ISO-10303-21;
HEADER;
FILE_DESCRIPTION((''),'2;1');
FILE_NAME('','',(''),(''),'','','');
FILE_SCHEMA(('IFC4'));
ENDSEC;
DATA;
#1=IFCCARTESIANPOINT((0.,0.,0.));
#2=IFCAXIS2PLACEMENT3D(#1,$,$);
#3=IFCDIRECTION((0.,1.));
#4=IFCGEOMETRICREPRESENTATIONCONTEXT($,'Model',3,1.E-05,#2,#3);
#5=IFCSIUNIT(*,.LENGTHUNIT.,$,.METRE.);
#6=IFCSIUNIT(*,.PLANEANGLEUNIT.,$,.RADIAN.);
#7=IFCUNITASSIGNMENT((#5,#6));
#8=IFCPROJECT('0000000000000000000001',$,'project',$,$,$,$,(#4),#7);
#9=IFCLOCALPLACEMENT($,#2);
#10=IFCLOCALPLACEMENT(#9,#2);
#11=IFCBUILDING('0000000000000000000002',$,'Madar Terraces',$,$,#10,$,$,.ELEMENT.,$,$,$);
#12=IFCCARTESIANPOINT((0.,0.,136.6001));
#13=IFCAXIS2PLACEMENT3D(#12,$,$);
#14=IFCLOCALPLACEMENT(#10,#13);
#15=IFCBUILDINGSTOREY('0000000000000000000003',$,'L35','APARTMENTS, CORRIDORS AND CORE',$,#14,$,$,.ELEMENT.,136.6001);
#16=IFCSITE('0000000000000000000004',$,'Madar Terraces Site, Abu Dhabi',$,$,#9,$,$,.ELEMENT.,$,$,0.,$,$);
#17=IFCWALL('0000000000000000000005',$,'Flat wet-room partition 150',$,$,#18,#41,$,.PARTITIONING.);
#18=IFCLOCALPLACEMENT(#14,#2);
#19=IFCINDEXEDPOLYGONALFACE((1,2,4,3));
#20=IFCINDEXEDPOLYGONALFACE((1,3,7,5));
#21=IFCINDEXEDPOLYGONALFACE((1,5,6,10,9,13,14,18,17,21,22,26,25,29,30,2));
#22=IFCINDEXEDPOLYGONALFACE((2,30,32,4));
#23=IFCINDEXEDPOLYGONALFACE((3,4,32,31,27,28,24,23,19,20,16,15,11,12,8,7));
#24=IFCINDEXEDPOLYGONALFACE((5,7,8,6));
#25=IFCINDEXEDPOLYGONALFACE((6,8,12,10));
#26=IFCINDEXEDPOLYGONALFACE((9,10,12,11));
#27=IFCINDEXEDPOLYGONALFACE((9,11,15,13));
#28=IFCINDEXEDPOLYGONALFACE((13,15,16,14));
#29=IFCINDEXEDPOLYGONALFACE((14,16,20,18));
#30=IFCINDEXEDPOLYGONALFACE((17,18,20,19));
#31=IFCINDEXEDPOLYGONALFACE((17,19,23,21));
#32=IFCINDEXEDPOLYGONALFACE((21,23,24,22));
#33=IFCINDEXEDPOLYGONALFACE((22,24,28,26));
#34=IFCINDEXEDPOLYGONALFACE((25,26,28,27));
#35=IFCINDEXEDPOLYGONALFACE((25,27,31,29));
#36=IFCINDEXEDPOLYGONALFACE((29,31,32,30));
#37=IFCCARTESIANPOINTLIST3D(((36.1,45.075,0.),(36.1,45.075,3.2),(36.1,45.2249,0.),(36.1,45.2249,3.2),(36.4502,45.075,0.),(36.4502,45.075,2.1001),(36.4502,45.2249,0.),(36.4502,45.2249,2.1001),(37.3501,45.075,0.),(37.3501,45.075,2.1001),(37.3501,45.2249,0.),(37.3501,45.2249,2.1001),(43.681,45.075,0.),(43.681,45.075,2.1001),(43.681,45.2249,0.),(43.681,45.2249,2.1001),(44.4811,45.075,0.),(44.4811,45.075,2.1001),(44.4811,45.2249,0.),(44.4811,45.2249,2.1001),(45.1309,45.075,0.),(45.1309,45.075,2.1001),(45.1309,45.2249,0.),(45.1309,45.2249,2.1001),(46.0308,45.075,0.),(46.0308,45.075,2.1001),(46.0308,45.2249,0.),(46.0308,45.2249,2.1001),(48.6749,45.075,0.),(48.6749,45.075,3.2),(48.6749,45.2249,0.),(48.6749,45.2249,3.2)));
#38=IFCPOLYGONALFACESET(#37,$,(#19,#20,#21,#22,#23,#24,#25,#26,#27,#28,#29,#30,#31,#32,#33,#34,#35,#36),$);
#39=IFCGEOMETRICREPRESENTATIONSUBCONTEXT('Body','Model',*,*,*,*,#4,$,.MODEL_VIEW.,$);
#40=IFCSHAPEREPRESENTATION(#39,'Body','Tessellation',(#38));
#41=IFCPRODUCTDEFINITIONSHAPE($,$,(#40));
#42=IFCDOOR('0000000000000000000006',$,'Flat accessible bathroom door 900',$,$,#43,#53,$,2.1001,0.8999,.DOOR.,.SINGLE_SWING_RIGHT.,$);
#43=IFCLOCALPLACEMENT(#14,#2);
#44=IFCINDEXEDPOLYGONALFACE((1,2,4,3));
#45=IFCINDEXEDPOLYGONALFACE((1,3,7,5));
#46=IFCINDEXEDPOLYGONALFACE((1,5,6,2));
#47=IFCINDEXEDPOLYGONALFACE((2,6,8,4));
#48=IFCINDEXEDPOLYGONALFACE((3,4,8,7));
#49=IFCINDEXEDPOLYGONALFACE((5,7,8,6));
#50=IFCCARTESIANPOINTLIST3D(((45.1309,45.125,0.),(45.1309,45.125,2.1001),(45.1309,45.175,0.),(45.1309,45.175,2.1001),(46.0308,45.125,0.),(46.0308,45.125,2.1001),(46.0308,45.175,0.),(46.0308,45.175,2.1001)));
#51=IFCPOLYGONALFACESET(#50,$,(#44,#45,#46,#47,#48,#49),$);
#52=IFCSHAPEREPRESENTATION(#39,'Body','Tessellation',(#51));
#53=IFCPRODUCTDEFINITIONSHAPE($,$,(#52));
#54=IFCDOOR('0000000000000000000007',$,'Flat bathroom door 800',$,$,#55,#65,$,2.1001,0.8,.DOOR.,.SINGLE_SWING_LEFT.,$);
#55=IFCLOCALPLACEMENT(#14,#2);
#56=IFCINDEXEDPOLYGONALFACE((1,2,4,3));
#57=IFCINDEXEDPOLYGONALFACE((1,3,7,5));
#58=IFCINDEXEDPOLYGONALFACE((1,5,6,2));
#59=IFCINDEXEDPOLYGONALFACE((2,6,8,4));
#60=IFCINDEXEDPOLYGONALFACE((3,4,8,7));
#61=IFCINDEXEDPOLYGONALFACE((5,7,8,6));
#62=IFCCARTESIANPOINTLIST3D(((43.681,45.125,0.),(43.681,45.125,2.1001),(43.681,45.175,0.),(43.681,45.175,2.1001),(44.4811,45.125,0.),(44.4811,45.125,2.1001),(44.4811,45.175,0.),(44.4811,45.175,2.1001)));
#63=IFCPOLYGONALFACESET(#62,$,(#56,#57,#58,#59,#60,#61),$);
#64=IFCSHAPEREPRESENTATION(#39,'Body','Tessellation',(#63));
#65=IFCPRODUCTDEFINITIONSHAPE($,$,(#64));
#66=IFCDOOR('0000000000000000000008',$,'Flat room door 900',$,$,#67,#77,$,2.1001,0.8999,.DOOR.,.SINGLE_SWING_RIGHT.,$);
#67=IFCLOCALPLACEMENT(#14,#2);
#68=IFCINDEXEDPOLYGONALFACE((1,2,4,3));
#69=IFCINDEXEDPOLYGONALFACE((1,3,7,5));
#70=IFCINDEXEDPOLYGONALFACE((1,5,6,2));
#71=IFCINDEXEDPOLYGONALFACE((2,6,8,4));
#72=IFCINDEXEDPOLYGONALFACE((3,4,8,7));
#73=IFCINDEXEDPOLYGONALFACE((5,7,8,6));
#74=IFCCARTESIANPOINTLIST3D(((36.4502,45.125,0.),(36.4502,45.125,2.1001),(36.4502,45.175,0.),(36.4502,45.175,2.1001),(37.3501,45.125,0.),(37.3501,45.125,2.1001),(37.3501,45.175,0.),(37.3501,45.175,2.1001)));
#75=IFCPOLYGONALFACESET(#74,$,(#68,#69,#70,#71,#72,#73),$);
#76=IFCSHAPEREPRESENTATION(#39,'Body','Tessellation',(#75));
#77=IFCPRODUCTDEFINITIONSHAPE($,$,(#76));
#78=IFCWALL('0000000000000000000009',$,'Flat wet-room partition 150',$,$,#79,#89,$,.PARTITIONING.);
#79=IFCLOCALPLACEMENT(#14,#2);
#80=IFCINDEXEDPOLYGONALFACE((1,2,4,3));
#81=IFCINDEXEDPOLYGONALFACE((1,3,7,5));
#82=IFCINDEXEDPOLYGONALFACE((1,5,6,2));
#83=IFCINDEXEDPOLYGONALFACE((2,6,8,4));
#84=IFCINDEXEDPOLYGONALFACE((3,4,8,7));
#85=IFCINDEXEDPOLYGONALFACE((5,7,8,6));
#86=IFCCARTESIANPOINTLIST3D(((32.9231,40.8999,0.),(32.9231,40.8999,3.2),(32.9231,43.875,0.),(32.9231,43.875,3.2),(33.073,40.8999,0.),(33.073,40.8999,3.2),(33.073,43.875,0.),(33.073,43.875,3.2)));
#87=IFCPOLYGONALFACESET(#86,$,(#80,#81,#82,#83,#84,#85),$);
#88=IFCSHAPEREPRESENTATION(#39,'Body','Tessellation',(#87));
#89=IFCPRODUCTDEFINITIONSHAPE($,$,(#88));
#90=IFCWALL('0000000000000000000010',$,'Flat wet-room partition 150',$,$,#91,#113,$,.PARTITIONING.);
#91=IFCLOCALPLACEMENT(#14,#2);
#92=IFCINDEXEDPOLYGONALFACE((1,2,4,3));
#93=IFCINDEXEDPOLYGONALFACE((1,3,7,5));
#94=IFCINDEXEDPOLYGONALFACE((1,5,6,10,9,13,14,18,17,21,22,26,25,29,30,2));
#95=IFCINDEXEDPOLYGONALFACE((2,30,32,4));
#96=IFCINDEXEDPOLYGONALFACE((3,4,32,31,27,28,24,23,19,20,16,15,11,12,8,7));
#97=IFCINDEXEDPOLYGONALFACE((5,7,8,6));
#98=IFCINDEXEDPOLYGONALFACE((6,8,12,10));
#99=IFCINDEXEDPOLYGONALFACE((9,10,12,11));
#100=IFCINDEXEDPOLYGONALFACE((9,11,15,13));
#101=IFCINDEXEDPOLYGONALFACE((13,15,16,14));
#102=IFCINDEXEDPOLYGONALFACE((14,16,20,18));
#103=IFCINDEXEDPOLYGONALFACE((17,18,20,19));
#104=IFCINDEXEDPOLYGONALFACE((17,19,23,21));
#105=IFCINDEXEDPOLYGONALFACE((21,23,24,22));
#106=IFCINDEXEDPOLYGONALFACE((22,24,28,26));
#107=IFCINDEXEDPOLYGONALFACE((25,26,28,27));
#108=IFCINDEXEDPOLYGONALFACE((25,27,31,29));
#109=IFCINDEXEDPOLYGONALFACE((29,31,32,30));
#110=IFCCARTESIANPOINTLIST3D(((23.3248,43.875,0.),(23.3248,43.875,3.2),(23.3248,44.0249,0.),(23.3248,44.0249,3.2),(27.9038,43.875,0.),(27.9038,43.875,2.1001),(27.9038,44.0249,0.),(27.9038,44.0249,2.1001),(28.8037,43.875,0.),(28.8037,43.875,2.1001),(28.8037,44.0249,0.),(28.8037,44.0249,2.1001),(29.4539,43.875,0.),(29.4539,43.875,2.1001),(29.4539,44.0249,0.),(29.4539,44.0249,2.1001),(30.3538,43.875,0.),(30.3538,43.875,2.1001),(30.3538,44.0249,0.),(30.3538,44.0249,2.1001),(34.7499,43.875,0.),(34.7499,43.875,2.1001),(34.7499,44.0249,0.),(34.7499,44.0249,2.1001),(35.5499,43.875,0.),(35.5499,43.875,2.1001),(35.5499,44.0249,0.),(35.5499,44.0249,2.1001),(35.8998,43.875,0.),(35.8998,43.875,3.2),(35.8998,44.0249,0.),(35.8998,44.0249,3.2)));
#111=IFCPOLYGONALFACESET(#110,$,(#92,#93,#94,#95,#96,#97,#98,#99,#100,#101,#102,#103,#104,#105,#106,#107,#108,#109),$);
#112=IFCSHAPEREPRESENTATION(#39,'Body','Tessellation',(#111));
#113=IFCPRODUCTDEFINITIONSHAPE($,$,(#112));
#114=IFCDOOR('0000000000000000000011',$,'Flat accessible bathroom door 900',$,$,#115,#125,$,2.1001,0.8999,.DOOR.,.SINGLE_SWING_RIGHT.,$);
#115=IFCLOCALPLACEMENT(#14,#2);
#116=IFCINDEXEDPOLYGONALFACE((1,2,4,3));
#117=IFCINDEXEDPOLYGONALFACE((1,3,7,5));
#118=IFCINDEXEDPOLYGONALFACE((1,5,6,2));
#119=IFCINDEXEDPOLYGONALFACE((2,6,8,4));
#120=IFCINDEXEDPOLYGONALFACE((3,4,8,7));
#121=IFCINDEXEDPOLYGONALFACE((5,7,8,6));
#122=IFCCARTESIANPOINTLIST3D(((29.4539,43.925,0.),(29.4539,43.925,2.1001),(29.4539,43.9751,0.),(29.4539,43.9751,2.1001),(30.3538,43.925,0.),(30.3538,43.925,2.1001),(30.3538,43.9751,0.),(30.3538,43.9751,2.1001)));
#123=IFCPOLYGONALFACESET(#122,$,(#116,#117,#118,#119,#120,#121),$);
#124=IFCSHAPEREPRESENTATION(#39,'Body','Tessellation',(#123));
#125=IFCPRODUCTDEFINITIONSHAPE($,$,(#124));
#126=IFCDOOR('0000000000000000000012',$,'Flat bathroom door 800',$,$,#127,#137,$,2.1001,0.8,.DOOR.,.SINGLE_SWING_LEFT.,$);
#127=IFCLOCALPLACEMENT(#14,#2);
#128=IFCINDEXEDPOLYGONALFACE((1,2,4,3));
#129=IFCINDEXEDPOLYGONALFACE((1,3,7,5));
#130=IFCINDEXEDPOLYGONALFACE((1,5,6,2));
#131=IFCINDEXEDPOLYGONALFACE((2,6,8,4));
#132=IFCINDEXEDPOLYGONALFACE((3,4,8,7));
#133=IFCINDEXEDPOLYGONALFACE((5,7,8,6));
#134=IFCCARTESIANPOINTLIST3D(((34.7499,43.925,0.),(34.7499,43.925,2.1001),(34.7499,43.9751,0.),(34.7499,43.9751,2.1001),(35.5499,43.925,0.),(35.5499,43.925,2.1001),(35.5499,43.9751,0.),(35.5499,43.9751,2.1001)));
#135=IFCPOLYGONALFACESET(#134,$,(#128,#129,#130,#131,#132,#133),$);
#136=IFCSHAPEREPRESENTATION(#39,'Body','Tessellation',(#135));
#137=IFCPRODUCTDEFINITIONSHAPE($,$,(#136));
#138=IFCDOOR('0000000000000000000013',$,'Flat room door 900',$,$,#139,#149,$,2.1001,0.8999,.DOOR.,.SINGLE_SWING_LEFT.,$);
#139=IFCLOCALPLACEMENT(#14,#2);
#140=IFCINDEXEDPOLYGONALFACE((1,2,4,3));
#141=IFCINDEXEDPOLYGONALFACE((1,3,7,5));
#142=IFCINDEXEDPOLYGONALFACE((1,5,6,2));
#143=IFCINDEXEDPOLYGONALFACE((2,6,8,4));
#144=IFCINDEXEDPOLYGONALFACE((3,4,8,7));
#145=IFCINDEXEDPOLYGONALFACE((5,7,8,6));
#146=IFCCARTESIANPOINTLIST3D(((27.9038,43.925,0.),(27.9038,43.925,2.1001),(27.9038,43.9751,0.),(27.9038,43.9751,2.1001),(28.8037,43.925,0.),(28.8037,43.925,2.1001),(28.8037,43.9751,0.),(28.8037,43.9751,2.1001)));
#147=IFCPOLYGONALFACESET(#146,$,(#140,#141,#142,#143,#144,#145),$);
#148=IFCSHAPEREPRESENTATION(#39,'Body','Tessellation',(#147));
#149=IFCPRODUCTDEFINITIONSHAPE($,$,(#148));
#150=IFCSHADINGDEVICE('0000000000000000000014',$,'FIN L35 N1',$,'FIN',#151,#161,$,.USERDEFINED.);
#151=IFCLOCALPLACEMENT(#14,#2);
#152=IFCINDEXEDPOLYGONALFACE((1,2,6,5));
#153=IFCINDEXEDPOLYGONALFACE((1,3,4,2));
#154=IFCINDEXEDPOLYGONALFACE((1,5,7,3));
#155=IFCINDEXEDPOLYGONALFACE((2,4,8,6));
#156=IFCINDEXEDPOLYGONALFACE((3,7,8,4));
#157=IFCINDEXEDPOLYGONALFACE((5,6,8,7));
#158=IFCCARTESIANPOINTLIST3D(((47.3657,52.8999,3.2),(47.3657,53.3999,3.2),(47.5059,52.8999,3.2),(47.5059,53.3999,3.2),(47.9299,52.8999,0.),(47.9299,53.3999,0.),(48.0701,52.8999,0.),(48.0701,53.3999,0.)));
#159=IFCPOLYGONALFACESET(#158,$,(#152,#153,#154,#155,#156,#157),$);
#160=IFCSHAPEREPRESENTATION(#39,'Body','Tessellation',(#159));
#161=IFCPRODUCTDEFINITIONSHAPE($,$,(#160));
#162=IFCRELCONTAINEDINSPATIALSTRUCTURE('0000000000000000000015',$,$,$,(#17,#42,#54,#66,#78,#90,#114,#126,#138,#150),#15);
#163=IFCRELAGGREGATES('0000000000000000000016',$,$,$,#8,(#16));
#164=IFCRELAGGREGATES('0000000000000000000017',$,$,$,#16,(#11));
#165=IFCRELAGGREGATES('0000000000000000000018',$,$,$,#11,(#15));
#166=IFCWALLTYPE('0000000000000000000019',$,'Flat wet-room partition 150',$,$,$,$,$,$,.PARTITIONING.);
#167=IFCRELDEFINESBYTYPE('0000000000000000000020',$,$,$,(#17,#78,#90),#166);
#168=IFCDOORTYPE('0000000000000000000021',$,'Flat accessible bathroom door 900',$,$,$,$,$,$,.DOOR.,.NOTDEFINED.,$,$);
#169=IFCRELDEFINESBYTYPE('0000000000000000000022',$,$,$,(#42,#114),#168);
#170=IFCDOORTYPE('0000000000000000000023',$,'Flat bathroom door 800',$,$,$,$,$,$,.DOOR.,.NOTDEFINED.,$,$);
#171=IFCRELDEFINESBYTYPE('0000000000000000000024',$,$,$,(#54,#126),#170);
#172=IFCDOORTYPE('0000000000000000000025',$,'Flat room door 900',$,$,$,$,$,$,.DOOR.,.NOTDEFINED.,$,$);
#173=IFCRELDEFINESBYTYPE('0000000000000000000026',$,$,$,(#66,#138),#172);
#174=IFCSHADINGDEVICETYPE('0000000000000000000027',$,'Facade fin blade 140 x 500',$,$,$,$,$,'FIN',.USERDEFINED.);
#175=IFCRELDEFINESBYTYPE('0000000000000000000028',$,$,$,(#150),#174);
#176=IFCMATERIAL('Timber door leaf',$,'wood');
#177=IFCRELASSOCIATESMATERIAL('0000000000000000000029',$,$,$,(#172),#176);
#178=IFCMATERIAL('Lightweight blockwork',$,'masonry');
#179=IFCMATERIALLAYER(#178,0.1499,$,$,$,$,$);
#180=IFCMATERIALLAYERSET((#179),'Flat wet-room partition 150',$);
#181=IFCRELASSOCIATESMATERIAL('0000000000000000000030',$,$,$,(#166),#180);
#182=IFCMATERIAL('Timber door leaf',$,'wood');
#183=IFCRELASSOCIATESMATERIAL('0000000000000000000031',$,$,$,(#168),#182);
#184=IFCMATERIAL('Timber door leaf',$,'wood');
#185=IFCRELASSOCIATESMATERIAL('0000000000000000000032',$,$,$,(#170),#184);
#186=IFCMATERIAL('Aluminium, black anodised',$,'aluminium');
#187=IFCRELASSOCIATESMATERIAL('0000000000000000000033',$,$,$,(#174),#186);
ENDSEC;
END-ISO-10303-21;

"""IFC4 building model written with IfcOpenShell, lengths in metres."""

from ifc_helpers import new_model, si_unit, direction, frame, frame_2d, origin, place, context, subcontext, project, spatial, polyline, rectangle, outline, extrude, material, layer, layer_set, type_object, element, fill, save


model = new_model("IFC4")

# Units and contexts
model_context = context("Model", 3, precision=1e-05, world=origin(), true_north=direction((0.0, 1.0)))
body_context = subcontext(model_context, "Body", "Model", "MODEL_VIEW")
ifc_project = project(units=[si_unit("LENGTHUNIT", "METRE"), si_unit("PLANEANGLEUNIT", "RADIAN")], contexts=[model_context])

# Site, building, storey
site_placement = place(None, origin())
site = spatial("IfcSite", under=ifc_project, at=site_placement, Name="Madar Terraces Site, Abu Dhabi", CompositionType="ELEMENT", RefElevation=0.0)
building_placement = place(site_placement, origin())
building = spatial("IfcBuilding", under=site, at=building_placement, Name="Madar Terraces", CompositionType="ELEMENT")
storey_placement = place(building_placement, frame((0.0, 0.0, 136.6001)))
storey = spatial("IfcBuildingStorey", under=building, at=storey_placement, Name="L35", Description="APARTMENTS, CORRIDORS AND CORE", CompositionType="ELEMENT", Elevation=136.6001)

# Shared definitions
ifc_material_1 = material(Name="Timber door leaf", Category="wood")
door_type_1 = type_object("IfcDoorType", Name="Flat room door 900", OperationType="NOTDEFINED", PredefinedType="DOOR", material=ifc_material_1)

# Shared definitions
ifc_material_2 = material(Name="Lightweight blockwork", Category="masonry")
ifc_layer_1 = layer(ifc_material_2, 0.1499)
ifc_layer_set_1 = layer_set([ifc_layer_1], Name="Flat wet-room partition 150")
wall_type_1 = type_object("IfcWallType", Name="Flat wet-room partition 150", PredefinedType="PARTITIONING", material=ifc_layer_set_1)

# Wall, openings, doors
wall_1_placement = place(storey_placement, frame((48.675, 45.1499, 0.0), z_axis=(0.0, 0.0, 1.0), x_axis=(-1.0, 0.0, 0.0)))
wall_1 = element("IfcWall", 1, at=wall_1_placement, inside=storey, type_object=wall_type_1, Name="Flat wet-room partition 150", PredefinedType="PARTITIONING", context=body_context, shape_type="SweptSolid", body=[
    extrude(rectangle(XDim=12.575, YDim=0.1499, at=frame_2d((6.2876, 0.0))), origin(), (0.0, 0.0, 1.0), 3.2),
])
opening_1_placement = place(wall_1_placement, frame((2.6443, 0.0, 0.0)))
opening_1 = element("IfcOpeningElement", 2, at=opening_1_placement, cuts=wall_1, PredefinedType="OPENING", context=body_context, shape_type="SweptSolid", body=[
    extrude(rectangle(XDim=0.8999, YDim=2.1001, at=frame_2d((0.45, 1.05))), frame((0.0, 0.085, 0.0), z_axis=(0.0, -1.0, 0.0), x_axis=(1.0, 0.0, 0.0)), (0.0, 0.0, 1.0), 0.1699),
])
opening_2_placement = place(wall_1_placement, frame((4.1941, 0.0, 0.0)))
opening_2 = element("IfcOpeningElement", 3, at=opening_2_placement, cuts=wall_1, PredefinedType="OPENING", context=body_context, shape_type="SweptSolid", body=[
    extrude(rectangle(XDim=0.8, YDim=2.1001, at=frame_2d((0.3999, 1.05))), frame((0.0, 0.085, 0.0), z_axis=(0.0, -1.0, 0.0), x_axis=(1.0, 0.0, 0.0)), (0.0, 0.0, 1.0), 0.1699),
])
opening_3_placement = place(wall_1_placement, frame((11.325, 0.0, 0.0)))
opening_3 = element("IfcOpeningElement", 4, at=opening_3_placement, cuts=wall_1, PredefinedType="OPENING", context=body_context, shape_type="SweptSolid", body=[
    extrude(rectangle(XDim=0.8999, YDim=2.1001, at=frame_2d((0.45, 1.05))), frame((0.0, 0.085, 0.0), z_axis=(0.0, -1.0, 0.0), x_axis=(1.0, 0.0, 0.0)), (0.0, 0.0, 1.0), 0.1699),
])
ifc_material_3 = material(Name="Timber door leaf", Category="wood")
door_type_2 = type_object("IfcDoorType", Name="Flat accessible bathroom door 900", OperationType="NOTDEFINED", PredefinedType="DOOR", material=ifc_material_3)
door_1_placement = place(opening_1_placement, origin())
door_1 = element("IfcDoor", 5, at=door_1_placement, inside=storey, type_object=door_type_2, Name="Flat accessible bathroom door 900", OperationType="SINGLE_SWING_RIGHT", OverallHeight=2.1001, OverallWidth=0.8999, PredefinedType="DOOR", context=body_context, shape_type="SweptSolid", body=[
    extrude(rectangle(XDim=0.8999, YDim=2.1001, at=frame_2d((0.45, 1.05))), frame((0.0, 0.0249, 0.0), z_axis=(0.0, -1.0, 0.0), x_axis=(1.0, 0.0, 0.0)), (0.0, 0.0, 1.0), 0.05),
])
fill(opening_1, door_1)
ifc_material_4 = material(Name="Timber door leaf", Category="wood")
door_type_3 = type_object("IfcDoorType", Name="Flat bathroom door 800", OperationType="NOTDEFINED", PredefinedType="DOOR", material=ifc_material_4)
door_2_placement = place(opening_2_placement, origin())
door_2 = element("IfcDoor", 6, at=door_2_placement, inside=storey, type_object=door_type_3, Name="Flat bathroom door 800", OperationType="SINGLE_SWING_LEFT", OverallHeight=2.1001, OverallWidth=0.8, PredefinedType="DOOR", context=body_context, shape_type="SweptSolid", body=[
    extrude(rectangle(XDim=0.8, YDim=2.1001, at=frame_2d((0.3999, 1.05))), frame((0.0, 0.0249, 0.0), z_axis=(0.0, -1.0, 0.0), x_axis=(1.0, 0.0, 0.0)), (0.0, 0.0, 1.0), 0.05),
])
fill(opening_2, door_2)
door_3_placement = place(opening_3_placement, origin())
door_3 = element("IfcDoor", 7, at=door_3_placement, inside=storey, type_object=door_type_1, Name="Flat room door 900", OperationType="SINGLE_SWING_RIGHT", OverallHeight=2.1001, OverallWidth=0.8999, PredefinedType="DOOR", context=body_context, shape_type="SweptSolid", body=[
    extrude(rectangle(XDim=0.8999, YDim=2.1001, at=frame_2d((0.45, 1.05))), frame((0.0, 0.0249, 0.0), z_axis=(0.0, -1.0, 0.0), x_axis=(1.0, 0.0, 0.0)), (0.0, 0.0, 1.0), 0.05),
])
fill(opening_3, door_3)

# Wall
wall_2_placement = place(storey_placement, frame((32.998, 40.8999, 0.0), z_axis=(0.0, 0.0, 1.0), x_axis=(0.0, 1.0, 0.0)))
element("IfcWall", 8, at=wall_2_placement, inside=storey, type_object=wall_type_1, Name="Flat wet-room partition 150", PredefinedType="PARTITIONING", context=body_context, shape_type="SweptSolid", body=[
    extrude(rectangle(XDim=2.9751, YDim=0.1499, at=frame_2d((1.4875, 0.0))), origin(), (0.0, 0.0, 1.0), 3.2),
])

# Wall, openings, doors
wall_3_placement = place(storey_placement, frame((35.8999, 43.95, 0.0), z_axis=(0.0, 0.0, 1.0), x_axis=(-1.0, 0.0, 0.0)))
wall_3 = element("IfcWall", 9, at=wall_3_placement, inside=storey, type_object=wall_type_1, Name="Flat wet-room partition 150", PredefinedType="PARTITIONING", context=body_context, shape_type="SweptSolid", body=[
    extrude(rectangle(XDim=12.575, YDim=0.1499, at=frame_2d((6.2876, 0.0))), origin(), (0.0, 0.0, 1.0), 3.2),
])
opening_4_placement = place(wall_3_placement, frame((7.0962, 0.0, 0.0)))
opening_4 = element("IfcOpeningElement", 10, at=opening_4_placement, cuts=wall_3, PredefinedType="OPENING", context=body_context, shape_type="SweptSolid", body=[
    extrude(rectangle(XDim=0.8999, YDim=2.1001, at=frame_2d((0.45, 1.05))), frame((0.0, 0.085, 0.0), z_axis=(0.0, -1.0, 0.0), x_axis=(1.0, 0.0, 0.0)), (0.0, 0.0, 1.0), 0.1699),
])
opening_5_placement = place(wall_3_placement, frame((5.5461, 0.0, 0.0)))
opening_5 = element("IfcOpeningElement", 11, at=opening_5_placement, cuts=wall_3, PredefinedType="OPENING", context=body_context, shape_type="SweptSolid", body=[
    extrude(rectangle(XDim=0.8999, YDim=2.1001, at=frame_2d((0.45, 1.05))), frame((0.0, 0.085, 0.0), z_axis=(0.0, -1.0, 0.0), x_axis=(1.0, 0.0, 0.0)), (0.0, 0.0, 1.0), 0.1699),
])
opening_6_placement = place(wall_3_placement, frame((0.3501, 0.0, 0.0)))
opening_6 = element("IfcOpeningElement", 12, at=opening_6_placement, cuts=wall_3, PredefinedType="OPENING", context=body_context, shape_type="SweptSolid", body=[
    extrude(rectangle(XDim=0.8, YDim=2.1001, at=frame_2d((0.3999, 1.05))), frame((0.0, 0.085, 0.0), z_axis=(0.0, -1.0, 0.0), x_axis=(1.0, 0.0, 0.0)), (0.0, 0.0, 1.0), 0.1699),
])
door_4_placement = place(opening_5_placement, origin())
door_4 = element("IfcDoor", 13, at=door_4_placement, inside=storey, type_object=door_type_2, Name="Flat accessible bathroom door 900", OperationType="SINGLE_SWING_RIGHT", OverallHeight=2.1001, OverallWidth=0.8999, PredefinedType="DOOR", context=body_context, shape_type="SweptSolid", body=[
    extrude(rectangle(XDim=0.8999, YDim=2.1001, at=frame_2d((0.45, 1.05))), frame((0.0, 0.0249, 0.0), z_axis=(0.0, -1.0, 0.0), x_axis=(1.0, 0.0, 0.0)), (0.0, 0.0, 1.0), 0.05),
])
fill(opening_5, door_4)
door_5_placement = place(opening_6_placement, origin())
door_5 = element("IfcDoor", 14, at=door_5_placement, inside=storey, type_object=door_type_3, Name="Flat bathroom door 800", OperationType="SINGLE_SWING_LEFT", OverallHeight=2.1001, OverallWidth=0.8, PredefinedType="DOOR", context=body_context, shape_type="SweptSolid", body=[
    extrude(rectangle(XDim=0.8, YDim=2.1001, at=frame_2d((0.3999, 1.05))), frame((0.0, 0.0249, 0.0), z_axis=(0.0, -1.0, 0.0), x_axis=(1.0, 0.0, 0.0)), (0.0, 0.0, 1.0), 0.05),
])
fill(opening_6, door_5)
door_6_placement = place(opening_4_placement, origin())
door_6 = element("IfcDoor", 15, at=door_6_placement, inside=storey, type_object=door_type_1, Name="Flat room door 900", OperationType="SINGLE_SWING_LEFT", OverallHeight=2.1001, OverallWidth=0.8999, PredefinedType="DOOR", context=body_context, shape_type="SweptSolid", body=[
    extrude(rectangle(XDim=0.8999, YDim=2.1001, at=frame_2d((0.45, 1.05))), frame((0.0, 0.0249, 0.0), z_axis=(0.0, -1.0, 0.0), x_axis=(1.0, 0.0, 0.0)), (0.0, 0.0, 1.0), 0.05),
])
fill(opening_4, door_6)

# Shading device
ifc_material_5 = material(Name="Aluminium, black anodised", Category="aluminium")
shading_device_type = type_object("IfcShadingDeviceType", Name="Facade fin blade 140 x 500", ElementType="FIN", PredefinedType="USERDEFINED", material=ifc_material_5)
shading_device_1_placement = place(storey_placement, frame((48.0701, 53.1499, 0.0), z_axis=(0.0, 0.0, 1.0), x_axis=(-1.0, 0.0, 0.0)))
element("IfcShadingDevice", 16, at=shading_device_1_placement, inside=storey, type_object=shading_device_type, Name="FIN L35 N1", ObjectType="FIN", PredefinedType="USERDEFINED", context=body_context, shape_type="SweptSolid", body=[
    extrude(outline(polyline([(0.0, 0.0), (0.1401, 0.0), (0.7043, 3.2), (0.5642, 3.2), (0.0, 0.0)])), frame((0.0, 0.25, 0.0), z_axis=(0.0, -1.0, 0.0), x_axis=(1.0, 0.0, 0.0)), (0.0, 0.0, 1.0), 0.5),
])

save(model, "model.ifc")
